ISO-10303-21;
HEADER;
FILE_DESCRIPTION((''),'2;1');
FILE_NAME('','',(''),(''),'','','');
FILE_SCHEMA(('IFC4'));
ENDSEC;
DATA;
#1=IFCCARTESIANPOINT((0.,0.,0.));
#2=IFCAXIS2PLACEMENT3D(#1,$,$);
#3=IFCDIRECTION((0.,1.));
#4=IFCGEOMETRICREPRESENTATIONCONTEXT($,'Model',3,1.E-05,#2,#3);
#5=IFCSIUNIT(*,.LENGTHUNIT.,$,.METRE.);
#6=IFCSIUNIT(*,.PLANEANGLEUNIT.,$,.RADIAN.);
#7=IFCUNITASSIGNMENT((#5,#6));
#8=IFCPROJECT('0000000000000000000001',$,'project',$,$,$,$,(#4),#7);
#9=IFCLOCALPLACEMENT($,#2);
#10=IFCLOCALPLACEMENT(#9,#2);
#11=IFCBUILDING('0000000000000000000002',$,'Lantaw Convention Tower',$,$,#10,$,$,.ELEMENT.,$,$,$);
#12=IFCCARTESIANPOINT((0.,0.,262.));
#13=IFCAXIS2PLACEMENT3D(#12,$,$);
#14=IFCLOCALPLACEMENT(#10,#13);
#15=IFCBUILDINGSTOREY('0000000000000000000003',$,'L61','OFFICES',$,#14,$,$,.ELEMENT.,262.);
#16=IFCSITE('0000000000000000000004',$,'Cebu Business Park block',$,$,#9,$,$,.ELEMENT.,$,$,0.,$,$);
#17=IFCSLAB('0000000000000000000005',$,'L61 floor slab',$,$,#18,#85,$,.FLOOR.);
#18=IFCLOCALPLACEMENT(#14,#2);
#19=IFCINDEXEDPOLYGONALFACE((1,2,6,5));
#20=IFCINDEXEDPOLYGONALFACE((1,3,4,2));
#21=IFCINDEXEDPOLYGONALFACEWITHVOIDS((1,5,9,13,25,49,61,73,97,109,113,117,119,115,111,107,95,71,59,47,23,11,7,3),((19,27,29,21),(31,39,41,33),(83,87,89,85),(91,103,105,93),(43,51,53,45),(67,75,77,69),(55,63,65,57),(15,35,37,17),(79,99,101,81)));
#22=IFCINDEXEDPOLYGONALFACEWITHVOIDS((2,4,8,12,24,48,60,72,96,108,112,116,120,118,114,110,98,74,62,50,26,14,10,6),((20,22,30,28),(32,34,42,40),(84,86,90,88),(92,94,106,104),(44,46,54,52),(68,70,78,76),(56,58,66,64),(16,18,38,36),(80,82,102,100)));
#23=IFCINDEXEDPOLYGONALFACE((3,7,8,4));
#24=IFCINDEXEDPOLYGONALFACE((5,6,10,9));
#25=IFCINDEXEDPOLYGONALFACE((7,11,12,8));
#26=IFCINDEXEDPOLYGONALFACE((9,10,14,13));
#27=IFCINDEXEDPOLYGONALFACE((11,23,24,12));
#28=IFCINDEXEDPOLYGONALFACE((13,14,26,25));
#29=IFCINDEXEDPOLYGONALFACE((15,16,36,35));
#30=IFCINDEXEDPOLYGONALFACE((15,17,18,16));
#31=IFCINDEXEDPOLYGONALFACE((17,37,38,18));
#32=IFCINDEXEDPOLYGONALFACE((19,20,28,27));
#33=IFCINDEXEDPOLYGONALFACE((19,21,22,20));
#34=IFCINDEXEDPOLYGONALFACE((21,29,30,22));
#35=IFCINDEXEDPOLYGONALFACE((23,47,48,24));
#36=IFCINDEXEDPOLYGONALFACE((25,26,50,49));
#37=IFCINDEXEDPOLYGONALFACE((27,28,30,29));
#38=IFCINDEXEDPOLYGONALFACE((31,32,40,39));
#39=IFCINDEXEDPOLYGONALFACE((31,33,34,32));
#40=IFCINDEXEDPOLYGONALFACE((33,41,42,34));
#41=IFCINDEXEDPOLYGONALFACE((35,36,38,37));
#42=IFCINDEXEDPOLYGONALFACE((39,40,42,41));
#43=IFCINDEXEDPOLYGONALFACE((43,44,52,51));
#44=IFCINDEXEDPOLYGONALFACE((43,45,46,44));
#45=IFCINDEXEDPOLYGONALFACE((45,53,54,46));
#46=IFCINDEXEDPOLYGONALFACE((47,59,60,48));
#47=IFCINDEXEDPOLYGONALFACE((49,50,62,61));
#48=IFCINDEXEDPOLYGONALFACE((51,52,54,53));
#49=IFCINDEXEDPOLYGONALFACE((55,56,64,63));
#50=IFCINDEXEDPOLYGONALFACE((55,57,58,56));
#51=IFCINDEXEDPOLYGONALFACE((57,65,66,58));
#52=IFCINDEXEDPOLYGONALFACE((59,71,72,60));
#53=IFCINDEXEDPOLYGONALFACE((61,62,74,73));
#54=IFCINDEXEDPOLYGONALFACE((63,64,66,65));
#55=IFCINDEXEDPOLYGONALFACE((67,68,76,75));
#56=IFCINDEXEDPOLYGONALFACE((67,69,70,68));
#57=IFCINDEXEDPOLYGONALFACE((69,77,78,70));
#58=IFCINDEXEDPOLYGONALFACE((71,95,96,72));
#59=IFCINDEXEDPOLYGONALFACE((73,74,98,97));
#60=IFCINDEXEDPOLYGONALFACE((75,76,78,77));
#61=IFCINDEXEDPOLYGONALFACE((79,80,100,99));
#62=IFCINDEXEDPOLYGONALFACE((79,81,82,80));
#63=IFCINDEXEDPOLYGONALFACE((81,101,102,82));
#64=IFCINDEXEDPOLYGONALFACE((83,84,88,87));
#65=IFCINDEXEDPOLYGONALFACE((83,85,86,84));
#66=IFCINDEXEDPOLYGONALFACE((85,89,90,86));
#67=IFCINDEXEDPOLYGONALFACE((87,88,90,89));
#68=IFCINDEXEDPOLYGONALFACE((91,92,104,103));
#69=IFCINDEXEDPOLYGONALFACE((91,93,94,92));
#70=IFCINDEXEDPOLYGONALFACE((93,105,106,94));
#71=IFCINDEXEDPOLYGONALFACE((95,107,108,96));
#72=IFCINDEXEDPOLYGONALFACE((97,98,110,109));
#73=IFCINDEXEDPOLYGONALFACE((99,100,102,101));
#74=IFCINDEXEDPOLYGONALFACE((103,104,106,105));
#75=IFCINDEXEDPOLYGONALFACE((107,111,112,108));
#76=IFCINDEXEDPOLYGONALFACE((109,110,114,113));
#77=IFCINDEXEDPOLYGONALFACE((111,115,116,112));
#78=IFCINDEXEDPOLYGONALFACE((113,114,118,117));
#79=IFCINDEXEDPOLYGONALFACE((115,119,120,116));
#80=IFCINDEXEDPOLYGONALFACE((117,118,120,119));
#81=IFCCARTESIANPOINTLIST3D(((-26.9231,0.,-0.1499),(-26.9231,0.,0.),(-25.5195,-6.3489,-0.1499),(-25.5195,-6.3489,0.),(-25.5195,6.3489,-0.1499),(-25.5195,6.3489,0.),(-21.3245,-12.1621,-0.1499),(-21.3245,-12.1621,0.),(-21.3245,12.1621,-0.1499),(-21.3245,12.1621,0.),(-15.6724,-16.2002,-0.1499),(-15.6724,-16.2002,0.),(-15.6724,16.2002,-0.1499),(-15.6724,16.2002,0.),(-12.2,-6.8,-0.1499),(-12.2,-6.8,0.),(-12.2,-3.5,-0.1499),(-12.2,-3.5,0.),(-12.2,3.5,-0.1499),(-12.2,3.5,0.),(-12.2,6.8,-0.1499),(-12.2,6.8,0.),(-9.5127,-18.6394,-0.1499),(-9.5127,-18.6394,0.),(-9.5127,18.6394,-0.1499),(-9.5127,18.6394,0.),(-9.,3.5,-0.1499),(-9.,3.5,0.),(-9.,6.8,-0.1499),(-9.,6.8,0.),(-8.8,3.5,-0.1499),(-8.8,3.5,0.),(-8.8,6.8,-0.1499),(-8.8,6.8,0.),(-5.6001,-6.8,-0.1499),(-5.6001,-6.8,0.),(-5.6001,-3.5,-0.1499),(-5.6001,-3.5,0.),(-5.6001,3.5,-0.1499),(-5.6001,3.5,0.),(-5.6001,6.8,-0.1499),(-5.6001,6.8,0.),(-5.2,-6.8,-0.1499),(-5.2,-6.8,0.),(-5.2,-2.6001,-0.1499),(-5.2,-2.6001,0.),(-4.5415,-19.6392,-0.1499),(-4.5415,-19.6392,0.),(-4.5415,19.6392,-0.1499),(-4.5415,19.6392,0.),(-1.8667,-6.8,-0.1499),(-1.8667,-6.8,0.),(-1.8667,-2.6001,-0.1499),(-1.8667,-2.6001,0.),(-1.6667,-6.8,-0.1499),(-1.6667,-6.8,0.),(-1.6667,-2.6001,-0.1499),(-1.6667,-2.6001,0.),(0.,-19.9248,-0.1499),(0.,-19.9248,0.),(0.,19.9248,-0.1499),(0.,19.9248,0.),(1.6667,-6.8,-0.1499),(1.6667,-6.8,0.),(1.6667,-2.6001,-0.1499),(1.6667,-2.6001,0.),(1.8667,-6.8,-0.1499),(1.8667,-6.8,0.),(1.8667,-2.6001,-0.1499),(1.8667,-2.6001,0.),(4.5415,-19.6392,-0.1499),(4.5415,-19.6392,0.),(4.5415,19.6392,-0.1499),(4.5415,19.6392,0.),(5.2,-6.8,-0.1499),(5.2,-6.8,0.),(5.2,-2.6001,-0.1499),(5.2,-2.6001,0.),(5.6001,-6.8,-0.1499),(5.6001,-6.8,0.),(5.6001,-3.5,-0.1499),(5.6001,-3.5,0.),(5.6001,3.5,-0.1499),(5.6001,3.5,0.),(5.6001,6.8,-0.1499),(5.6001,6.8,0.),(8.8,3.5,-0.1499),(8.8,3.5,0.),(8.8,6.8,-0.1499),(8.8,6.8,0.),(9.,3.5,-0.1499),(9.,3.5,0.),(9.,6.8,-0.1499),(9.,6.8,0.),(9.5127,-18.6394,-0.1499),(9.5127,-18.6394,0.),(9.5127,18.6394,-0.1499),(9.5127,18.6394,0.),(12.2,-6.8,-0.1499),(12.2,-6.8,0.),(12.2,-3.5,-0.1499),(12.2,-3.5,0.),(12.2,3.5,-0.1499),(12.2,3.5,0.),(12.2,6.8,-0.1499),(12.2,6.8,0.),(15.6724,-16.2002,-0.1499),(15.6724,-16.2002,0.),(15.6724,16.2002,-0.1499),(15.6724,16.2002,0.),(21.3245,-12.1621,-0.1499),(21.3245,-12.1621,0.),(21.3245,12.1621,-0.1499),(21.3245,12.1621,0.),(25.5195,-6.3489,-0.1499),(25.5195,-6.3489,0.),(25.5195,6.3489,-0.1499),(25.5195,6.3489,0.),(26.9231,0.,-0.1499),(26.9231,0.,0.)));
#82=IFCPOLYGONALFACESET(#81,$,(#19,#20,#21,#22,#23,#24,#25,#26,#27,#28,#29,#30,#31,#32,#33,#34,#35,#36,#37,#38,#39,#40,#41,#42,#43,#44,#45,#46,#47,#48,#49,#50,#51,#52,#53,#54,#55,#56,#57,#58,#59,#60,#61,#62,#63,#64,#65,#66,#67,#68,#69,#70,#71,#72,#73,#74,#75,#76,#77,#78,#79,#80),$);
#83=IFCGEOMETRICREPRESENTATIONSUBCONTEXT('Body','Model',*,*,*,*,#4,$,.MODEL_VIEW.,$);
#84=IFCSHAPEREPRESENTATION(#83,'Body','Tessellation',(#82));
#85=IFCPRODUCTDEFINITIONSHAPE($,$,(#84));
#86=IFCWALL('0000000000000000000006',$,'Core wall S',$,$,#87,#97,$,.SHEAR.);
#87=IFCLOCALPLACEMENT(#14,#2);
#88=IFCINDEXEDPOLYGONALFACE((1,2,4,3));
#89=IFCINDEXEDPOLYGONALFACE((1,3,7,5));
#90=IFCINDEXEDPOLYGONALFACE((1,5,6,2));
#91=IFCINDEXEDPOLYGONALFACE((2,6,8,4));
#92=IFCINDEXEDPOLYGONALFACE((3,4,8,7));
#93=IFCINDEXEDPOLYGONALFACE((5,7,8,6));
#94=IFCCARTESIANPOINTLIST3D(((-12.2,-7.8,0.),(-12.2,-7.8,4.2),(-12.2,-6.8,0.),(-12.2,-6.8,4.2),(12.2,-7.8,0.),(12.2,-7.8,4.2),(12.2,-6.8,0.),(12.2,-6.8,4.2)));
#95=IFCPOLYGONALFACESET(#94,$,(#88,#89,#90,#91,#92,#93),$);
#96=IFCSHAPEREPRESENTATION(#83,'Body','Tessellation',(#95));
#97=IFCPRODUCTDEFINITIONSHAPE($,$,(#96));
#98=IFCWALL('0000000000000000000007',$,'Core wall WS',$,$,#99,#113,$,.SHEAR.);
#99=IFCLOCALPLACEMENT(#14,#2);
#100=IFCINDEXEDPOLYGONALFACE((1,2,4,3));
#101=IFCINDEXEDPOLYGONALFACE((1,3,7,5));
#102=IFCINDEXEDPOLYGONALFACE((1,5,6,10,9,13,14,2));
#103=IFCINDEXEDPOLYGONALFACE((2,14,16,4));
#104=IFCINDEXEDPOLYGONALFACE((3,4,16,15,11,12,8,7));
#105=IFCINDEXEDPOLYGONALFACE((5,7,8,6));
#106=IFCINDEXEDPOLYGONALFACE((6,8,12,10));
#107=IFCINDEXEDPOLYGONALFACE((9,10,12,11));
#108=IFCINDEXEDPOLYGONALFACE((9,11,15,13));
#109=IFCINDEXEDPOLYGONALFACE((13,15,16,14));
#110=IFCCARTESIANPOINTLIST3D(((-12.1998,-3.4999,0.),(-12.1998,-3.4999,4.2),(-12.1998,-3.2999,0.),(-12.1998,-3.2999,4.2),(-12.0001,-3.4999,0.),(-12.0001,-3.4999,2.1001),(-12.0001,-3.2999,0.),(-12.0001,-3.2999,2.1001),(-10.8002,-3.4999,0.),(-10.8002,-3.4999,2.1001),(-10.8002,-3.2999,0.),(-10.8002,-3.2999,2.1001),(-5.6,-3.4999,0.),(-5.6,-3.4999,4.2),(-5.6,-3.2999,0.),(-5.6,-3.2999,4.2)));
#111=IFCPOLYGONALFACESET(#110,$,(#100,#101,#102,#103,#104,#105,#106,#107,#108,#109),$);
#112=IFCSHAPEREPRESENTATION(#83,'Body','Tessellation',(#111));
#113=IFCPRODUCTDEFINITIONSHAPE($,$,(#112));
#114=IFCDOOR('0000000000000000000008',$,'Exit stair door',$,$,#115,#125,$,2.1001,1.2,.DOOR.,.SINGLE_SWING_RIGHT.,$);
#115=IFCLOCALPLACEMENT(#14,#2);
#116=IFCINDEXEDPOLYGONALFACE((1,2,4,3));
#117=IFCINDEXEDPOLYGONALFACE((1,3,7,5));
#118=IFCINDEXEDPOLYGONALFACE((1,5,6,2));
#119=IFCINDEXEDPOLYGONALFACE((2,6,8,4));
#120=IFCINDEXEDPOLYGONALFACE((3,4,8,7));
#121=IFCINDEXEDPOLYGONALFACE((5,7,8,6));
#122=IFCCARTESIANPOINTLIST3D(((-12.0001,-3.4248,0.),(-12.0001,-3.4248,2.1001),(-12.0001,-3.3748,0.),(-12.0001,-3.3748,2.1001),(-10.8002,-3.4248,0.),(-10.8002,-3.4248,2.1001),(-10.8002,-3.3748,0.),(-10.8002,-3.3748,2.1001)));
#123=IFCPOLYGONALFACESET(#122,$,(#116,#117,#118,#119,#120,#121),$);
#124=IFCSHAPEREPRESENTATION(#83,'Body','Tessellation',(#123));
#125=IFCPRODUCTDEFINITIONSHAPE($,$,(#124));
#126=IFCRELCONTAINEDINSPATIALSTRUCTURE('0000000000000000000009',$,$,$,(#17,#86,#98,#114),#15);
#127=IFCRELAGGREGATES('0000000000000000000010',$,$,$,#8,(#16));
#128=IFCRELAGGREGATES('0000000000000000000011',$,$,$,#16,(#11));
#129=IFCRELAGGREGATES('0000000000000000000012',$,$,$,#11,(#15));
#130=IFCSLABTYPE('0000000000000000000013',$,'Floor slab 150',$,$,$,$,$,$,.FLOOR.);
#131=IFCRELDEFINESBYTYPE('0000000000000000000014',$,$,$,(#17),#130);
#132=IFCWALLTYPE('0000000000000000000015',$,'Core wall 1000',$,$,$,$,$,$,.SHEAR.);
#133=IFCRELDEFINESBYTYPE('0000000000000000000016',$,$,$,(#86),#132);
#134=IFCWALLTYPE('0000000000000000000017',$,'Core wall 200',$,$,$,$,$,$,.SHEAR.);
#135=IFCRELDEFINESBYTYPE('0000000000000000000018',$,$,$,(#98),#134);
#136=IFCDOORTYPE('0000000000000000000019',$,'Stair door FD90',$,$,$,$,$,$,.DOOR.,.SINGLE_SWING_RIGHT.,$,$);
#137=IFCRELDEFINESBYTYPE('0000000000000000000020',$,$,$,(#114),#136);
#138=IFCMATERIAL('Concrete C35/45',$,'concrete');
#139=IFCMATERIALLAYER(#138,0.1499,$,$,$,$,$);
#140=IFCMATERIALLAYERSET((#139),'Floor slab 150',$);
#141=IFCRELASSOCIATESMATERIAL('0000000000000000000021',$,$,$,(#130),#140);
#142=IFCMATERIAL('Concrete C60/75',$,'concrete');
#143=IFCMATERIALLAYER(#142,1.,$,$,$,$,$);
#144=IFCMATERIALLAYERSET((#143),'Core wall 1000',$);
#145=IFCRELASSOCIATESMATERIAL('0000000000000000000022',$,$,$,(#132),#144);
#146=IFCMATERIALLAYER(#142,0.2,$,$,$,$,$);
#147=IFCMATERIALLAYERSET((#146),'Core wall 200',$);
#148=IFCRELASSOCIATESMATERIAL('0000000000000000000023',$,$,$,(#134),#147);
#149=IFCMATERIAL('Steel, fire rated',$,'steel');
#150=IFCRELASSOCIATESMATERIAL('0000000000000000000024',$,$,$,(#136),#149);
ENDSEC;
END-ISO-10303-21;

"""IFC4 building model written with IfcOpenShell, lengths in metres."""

from ifc_helpers import new_model, si_unit, direction, frame, frame_2d, origin, place, context, subcontext, project, spatial, polyline, rectangle, outline, extrude, material, layer, layer_set, type_object, element, fill, save


model = new_model("IFC4")

# Units and contexts
model_context = context("Model", 3, precision=1e-05, world=origin(), true_north=direction((0.0, 1.0)))
body_context = subcontext(model_context, "Body", "Model", "MODEL_VIEW")
ifc_project = project(units=[si_unit("LENGTHUNIT", "METRE"), si_unit("PLANEANGLEUNIT", "RADIAN")], contexts=[model_context])

# Site, building, storey
site_placement = place(None, origin())
site = spatial("IfcSite", under=ifc_project, at=site_placement, Name="Cebu Business Park block", CompositionType="ELEMENT", RefElevation=0.0)
building_placement = place(site_placement, origin())
building = spatial("IfcBuilding", under=site, at=building_placement, Name="Lantaw Convention Tower", CompositionType="ELEMENT")
storey_placement = place(building_placement, frame((0.0, 0.0, 262.0)))
storey = spatial("IfcBuildingStorey", under=building, at=storey_placement, Name="L61", Description="OFFICES", CompositionType="ELEMENT", Elevation=262.0)

# Slab
ifc_material_1 = material(Name="Concrete C35/45", Category="concrete")
ifc_layer_1 = layer(ifc_material_1, 0.1499)
ifc_layer_set_1 = layer_set([ifc_layer_1], Name="Floor slab 150")
slab_type = type_object("IfcSlabType", Name="Floor slab 150", PredefinedType="FLOOR", material=ifc_layer_set_1)
slab_placement = place(storey_placement, frame((0.0, 0.0, -0.1499)))
element("IfcSlab", 1, at=slab_placement, inside=storey, type_object=slab_type, Name="L61 floor slab", PredefinedType="FLOOR", context=body_context, shape_type="SweptSolid", body=[
    extrude(outline(polyline([(25.5195, -6.3489), (26.9231, 0.0), (25.5195, 6.3489), (21.3245, 12.1621), (15.6724, 16.2002), (9.5127, 18.6394), (4.5415, 19.6392), (0.0, 19.9248), (-4.5415, 19.6392), (-9.5127, 18.6394), (-15.6724, 16.2002), (-21.3245, 12.1621), (-25.5195, 6.3489), (-26.9231, 0.0), (-25.5195, -6.3489), (-21.3245, -12.1621), (-15.6724, -16.2002), (-9.5127, -18.6394), (-4.5415, -19.6392), (0.0, -19.9248), (4.5415, -19.6392), (9.5127, -18.6394), (15.6724, -16.2002), (21.3245, -12.1621), (25.5195, -6.3489)]), holes=[polyline([(-5.6001, -3.5), (-12.2, -3.5), (-12.2, -6.8), (-5.6001, -6.8), (-5.6001, -3.5)]), polyline([(12.2, -3.5), (5.6001, -3.5), (5.6001, -6.8), (12.2, -6.8), (12.2, -3.5)]), polyline([(-1.8667, -2.6001), (-5.2, -2.6001), (-5.2, -6.8), (-1.8667, -6.8), (-1.8667, -2.6001)]), polyline([(1.6667, -2.6001), (-1.6667, -2.6001), (-1.6667, -6.8), (1.6667, -6.8), (1.6667, -2.6001)]), polyline([(5.2, -2.6001), (1.8667, -2.6001), (1.8667, -6.8), (5.2, -6.8), (5.2, -2.6001)]), polyline([(-9.0, 6.8), (-12.2, 6.8), (-12.2, 3.5), (-9.0, 3.5), (-9.0, 6.8)]), polyline([(-5.6001, 6.8), (-8.8, 6.8), (-8.8, 3.5), (-5.6001, 3.5), (-5.6001, 6.8)]), polyline([(8.8, 3.5), (8.8, 6.8), (5.6001, 6.8), (5.6001, 3.5), (8.8, 3.5)]), polyline([(12.2, 3.5), (12.2, 6.8), (9.0, 6.8), (9.0, 3.5), (12.2, 3.5)])]), origin(), (0.0, 0.0, 1.0), 0.1499),
])

# Wall
ifc_material_2 = material(Name="Concrete C60/75", Category="concrete")
ifc_layer_2 = layer(ifc_material_2, 1.0)
ifc_layer_set_2 = layer_set([ifc_layer_2], Name="Core wall 1000")
wall_type_1 = type_object("IfcWallType", Name="Core wall 1000", PredefinedType="SHEAR", material=ifc_layer_set_2)
wall_1_placement = place(storey_placement, frame((-12.2, -7.3, 0.0), z_axis=(0.0, 0.0, 1.0), x_axis=(1.0, 0.0, 0.0)))
element("IfcWall", 2, at=wall_1_placement, inside=storey, type_object=wall_type_1, Name="Core wall S", PredefinedType="SHEAR", context=body_context, shape_type="SweptSolid", body=[
    extrude(rectangle(XDim=24.3999, YDim=1.0, at=frame_2d((12.2, 0.0))), origin(), (0.0, 0.0, 1.0), 4.2),
])

# Wall, opening, door
ifc_layer_3 = layer(ifc_material_2, 0.2)
ifc_layer_set_3 = layer_set([ifc_layer_3], Name="Core wall 200")
wall_type_2 = type_object("IfcWallType", Name="Core wall 200", PredefinedType="SHEAR", material=ifc_layer_set_3)
wall_2_placement = place(storey_placement, frame((-5.6001, -3.3999, 0.0), z_axis=(0.0, 0.0, 1.0), x_axis=(-1.0, 0.0, 0.0)))
wall_2 = element("IfcWall", 3, at=wall_2_placement, inside=storey, type_object=wall_type_2, Name="Core wall WS", PredefinedType="SHEAR", context=body_context, shape_type="SweptSolid", body=[
    extrude(rectangle(XDim=6.5999, YDim=0.2, at=frame_2d((3.2998, 0.0))), origin(), (0.0, 0.0, 1.0), 4.2),
])
opening_1_placement = place(wall_2_placement, frame((5.2, 0.0, 0.0)))
opening_1 = element("IfcOpeningElement", 4, at=opening_1_placement, cuts=wall_2, PredefinedType="OPENING", context=body_context, shape_type="SweptSolid", body=[
    extrude(rectangle(XDim=1.2, YDim=2.1001, at=frame_2d((0.6001, 1.05))), frame((0.0, 0.1099, 0.0), z_axis=(0.0, -1.0, 0.0), x_axis=(1.0, 0.0, 0.0)), (0.0, 0.0, 1.0), 0.22),
])
ifc_material_3 = material(Name="Steel, fire rated", Category="steel")
door_type_1 = type_object("IfcDoorType", Name="Stair door FD90", OperationType="SINGLE_SWING_RIGHT", PredefinedType="DOOR", material=ifc_material_3)
door_1_placement = place(opening_1_placement, origin())
door_1 = element("IfcDoor", 5, at=door_1_placement, inside=storey, type_object=door_type_1, Name="Exit stair door", OperationType="SINGLE_SWING_RIGHT", OverallHeight=2.1001, OverallWidth=1.2, PredefinedType="DOOR", context=body_context, shape_type="SweptSolid", body=[
    extrude(rectangle(XDim=1.2, YDim=2.1001, at=frame_2d((0.6001, 1.05))), frame((0.0, 0.0249, 0.0), z_axis=(0.0, -1.0, 0.0), x_axis=(1.0, 0.0, 0.0)), (0.0, 0.0, 1.0), 0.05),
])
fill(opening_1, door_1)

save(model, "model.ifc")
